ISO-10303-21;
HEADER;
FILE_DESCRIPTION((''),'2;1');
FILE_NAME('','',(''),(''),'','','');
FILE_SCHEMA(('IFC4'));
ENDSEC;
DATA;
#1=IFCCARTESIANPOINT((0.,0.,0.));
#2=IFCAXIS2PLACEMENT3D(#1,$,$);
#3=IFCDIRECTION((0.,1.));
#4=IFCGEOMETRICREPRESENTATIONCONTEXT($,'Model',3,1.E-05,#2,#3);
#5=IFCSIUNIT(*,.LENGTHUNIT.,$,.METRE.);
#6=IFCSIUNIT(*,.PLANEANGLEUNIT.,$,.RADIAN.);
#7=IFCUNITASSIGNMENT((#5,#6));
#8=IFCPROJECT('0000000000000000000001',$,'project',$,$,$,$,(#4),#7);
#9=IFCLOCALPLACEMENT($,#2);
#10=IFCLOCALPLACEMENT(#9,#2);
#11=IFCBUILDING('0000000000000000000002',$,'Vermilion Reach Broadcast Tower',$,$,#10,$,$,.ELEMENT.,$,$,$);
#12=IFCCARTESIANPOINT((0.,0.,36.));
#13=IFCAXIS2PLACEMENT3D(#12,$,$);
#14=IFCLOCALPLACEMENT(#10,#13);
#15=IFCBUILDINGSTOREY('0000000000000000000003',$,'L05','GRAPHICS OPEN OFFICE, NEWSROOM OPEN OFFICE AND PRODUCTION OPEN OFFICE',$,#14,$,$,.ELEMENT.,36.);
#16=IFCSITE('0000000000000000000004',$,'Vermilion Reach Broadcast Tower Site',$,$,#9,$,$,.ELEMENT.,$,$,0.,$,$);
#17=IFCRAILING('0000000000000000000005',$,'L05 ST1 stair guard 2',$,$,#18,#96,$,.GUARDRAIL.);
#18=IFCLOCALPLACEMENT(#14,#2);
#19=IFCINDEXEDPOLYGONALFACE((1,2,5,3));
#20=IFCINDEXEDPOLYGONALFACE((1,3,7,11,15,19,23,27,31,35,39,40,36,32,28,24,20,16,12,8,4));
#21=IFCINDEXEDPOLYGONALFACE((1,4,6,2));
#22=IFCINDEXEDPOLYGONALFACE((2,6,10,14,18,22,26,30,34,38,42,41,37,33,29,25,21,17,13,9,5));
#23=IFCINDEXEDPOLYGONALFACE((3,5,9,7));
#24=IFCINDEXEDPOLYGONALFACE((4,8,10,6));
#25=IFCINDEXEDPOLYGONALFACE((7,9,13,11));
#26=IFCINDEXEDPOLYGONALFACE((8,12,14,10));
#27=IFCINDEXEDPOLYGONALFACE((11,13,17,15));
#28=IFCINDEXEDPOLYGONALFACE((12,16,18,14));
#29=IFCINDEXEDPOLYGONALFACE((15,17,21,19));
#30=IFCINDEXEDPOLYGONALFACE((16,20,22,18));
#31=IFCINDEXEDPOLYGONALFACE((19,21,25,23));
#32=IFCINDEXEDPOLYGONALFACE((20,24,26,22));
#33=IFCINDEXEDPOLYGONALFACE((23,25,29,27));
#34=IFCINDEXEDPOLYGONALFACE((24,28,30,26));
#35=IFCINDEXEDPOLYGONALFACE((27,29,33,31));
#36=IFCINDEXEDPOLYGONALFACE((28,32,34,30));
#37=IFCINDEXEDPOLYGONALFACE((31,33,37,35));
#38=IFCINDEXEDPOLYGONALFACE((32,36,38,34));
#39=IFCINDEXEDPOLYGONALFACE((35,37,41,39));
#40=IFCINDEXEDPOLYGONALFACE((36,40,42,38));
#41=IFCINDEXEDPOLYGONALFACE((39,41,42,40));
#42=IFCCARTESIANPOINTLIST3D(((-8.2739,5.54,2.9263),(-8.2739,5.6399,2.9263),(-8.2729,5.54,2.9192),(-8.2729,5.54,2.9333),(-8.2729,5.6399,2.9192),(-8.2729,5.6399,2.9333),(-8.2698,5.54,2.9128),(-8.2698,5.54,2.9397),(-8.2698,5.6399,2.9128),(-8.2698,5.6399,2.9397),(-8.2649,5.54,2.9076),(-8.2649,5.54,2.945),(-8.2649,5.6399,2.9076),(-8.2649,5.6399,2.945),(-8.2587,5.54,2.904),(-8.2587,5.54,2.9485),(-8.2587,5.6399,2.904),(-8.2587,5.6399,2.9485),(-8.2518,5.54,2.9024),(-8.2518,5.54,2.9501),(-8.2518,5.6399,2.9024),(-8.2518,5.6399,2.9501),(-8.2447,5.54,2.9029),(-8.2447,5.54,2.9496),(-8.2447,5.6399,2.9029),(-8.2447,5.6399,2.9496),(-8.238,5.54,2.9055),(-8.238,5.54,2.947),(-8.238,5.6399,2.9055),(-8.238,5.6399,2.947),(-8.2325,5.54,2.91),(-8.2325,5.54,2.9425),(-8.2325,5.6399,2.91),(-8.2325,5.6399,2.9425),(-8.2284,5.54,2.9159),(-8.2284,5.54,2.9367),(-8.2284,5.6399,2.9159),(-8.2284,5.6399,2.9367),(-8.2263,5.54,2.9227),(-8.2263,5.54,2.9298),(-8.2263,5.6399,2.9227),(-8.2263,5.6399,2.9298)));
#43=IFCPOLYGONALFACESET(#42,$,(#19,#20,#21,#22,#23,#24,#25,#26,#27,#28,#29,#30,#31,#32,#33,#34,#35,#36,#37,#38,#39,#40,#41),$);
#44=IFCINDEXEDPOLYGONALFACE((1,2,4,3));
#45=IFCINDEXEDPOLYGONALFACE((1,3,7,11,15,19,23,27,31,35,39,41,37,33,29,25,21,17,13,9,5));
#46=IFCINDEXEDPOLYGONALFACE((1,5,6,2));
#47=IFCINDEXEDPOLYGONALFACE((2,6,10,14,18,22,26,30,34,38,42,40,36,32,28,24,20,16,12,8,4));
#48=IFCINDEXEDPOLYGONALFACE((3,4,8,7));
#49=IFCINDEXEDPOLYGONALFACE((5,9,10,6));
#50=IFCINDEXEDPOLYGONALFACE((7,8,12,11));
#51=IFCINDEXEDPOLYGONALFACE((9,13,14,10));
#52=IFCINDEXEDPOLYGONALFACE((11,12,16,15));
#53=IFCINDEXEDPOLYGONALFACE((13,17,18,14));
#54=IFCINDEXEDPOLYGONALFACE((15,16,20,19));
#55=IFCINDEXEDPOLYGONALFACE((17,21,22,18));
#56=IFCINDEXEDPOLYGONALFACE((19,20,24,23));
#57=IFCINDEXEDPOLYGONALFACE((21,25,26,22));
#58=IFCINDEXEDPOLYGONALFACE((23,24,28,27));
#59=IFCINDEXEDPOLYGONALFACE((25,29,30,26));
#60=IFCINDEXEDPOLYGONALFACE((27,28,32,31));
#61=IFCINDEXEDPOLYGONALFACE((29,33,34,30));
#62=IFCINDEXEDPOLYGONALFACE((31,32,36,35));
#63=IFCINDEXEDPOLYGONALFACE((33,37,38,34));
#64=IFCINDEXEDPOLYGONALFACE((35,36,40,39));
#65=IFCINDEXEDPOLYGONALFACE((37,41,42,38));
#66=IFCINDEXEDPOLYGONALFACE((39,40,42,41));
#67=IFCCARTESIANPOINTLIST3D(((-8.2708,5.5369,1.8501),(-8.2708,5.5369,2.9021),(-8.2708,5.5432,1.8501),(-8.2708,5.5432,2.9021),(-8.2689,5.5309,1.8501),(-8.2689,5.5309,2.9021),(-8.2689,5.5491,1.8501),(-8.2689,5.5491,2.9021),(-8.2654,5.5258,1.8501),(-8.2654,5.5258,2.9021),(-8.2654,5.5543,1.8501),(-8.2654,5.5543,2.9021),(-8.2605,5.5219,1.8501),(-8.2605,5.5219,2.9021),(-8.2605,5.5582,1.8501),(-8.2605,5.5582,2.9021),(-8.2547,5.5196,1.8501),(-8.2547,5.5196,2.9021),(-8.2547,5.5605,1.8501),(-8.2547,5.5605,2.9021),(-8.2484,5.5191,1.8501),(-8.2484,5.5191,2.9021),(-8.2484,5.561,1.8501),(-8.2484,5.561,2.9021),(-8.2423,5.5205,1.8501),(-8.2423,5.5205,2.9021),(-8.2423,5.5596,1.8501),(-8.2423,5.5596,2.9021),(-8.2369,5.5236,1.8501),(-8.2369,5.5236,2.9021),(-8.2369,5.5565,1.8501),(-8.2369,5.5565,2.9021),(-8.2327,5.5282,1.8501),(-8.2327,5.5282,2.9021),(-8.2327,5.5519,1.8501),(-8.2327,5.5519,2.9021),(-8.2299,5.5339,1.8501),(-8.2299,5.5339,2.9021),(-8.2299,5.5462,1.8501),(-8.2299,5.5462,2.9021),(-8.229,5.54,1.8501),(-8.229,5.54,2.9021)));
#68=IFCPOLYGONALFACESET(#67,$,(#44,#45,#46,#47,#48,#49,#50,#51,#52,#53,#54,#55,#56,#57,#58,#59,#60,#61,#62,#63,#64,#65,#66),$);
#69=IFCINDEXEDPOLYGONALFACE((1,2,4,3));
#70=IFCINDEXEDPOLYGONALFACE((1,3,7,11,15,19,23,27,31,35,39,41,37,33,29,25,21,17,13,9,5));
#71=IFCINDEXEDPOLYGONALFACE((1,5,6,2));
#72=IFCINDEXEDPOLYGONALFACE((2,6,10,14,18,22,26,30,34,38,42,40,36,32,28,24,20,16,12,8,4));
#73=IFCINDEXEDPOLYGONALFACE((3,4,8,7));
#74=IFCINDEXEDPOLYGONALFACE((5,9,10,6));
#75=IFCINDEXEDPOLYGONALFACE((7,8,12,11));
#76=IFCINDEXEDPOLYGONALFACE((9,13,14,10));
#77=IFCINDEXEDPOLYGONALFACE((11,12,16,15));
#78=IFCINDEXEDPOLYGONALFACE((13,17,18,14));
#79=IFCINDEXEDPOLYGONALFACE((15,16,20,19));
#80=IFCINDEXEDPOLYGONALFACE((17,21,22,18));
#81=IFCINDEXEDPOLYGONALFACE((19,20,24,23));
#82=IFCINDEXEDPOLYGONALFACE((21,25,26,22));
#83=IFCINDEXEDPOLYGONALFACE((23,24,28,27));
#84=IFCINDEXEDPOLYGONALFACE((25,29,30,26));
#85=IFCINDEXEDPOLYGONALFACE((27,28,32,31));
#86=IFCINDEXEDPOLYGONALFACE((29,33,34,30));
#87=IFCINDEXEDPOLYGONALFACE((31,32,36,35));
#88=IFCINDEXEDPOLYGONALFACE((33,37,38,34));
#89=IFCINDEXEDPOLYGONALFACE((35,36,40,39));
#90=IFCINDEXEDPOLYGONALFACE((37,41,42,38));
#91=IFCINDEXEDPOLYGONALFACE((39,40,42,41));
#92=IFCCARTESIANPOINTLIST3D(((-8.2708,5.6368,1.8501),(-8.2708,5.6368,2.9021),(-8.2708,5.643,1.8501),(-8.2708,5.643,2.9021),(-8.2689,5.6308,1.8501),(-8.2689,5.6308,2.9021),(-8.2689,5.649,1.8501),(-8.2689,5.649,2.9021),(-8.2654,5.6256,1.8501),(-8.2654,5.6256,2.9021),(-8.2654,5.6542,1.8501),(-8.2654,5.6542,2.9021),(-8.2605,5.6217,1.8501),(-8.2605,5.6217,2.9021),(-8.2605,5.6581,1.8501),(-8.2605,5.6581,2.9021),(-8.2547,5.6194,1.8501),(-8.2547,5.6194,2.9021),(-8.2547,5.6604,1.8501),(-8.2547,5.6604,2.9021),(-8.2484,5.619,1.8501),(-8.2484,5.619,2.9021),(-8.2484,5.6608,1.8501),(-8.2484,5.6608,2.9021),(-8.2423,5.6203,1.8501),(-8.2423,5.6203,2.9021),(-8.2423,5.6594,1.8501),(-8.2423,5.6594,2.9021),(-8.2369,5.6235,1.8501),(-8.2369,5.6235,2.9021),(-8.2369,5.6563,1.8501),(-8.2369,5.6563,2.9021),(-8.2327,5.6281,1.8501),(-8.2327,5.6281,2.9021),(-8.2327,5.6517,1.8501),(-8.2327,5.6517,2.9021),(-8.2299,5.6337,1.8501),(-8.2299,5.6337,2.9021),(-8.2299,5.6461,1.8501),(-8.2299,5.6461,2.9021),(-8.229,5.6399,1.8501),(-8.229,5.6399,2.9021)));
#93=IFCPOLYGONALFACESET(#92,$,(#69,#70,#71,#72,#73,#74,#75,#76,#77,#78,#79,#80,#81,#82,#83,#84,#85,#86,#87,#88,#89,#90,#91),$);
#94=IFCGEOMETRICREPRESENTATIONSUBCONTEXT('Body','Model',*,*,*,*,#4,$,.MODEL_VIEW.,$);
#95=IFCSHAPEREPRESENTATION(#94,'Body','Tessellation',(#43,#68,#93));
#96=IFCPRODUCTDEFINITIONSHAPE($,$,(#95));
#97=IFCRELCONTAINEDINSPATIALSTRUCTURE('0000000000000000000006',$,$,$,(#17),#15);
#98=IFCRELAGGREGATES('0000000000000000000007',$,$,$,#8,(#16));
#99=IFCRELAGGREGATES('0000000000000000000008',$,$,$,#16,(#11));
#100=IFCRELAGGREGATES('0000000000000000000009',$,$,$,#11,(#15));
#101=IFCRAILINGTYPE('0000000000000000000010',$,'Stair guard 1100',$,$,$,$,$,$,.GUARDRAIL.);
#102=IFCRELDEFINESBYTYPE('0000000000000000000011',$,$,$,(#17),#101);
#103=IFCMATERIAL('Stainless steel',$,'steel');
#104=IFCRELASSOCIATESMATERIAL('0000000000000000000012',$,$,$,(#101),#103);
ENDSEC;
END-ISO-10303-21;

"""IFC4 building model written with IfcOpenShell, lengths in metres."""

from ifc_helpers import new_model, si_unit, direction, frame, origin, origin_2d, place, context, subcontext, project, spatial, circle, extrude, material, type_object, element, save


model = new_model("IFC4")

# Units and contexts
model_context = context("Model", 3, precision=1e-05, world=origin(), true_north=direction((0.0, 1.0)))
body_context = subcontext(model_context, "Body", "Model", "MODEL_VIEW")
ifc_project = project(units=[si_unit("LENGTHUNIT", "METRE"), si_unit("PLANEANGLEUNIT", "RADIAN")], contexts=[model_context])

# Site, building, storey
site_placement = place(None, origin())
site = spatial("IfcSite", under=ifc_project, at=site_placement, Name="Vermilion Reach Broadcast Tower Site", CompositionType="ELEMENT", RefElevation=0.0)
building_placement = place(site_placement, origin())
building = spatial("IfcBuilding", under=site, at=building_placement, Name="Vermilion Reach Broadcast Tower", CompositionType="ELEMENT")
storey_placement = place(building_placement, frame((0.0, 0.0, 36.0)))
storey = spatial("IfcBuildingStorey", under=building, at=storey_placement, Name="L05", Description="GRAPHICS OPEN OFFICE, NEWSROOM OPEN OFFICE AND PRODUCTION OPEN OFFICE", CompositionType="ELEMENT", Elevation=36.0)

# Railing
ifc_material_1 = material(Name="Stainless steel", Category="steel")
railing_type_1 = type_object("IfcRailingType", Name="Stair guard 1100", PredefinedType="GUARDRAIL", material=ifc_material_1)
railing_1_placement = place(storey_placement, frame((-8.25, 5.54, 1.8501)))
element("IfcRailing", 1, at=railing_1_placement, inside=storey, type_object=railing_type_1, Name="L05 ST1 stair guard 2", PredefinedType="GUARDRAIL", context=body_context, shape_type="SweptSolid", body=[
    extrude(circle(Radius=0.0239, at=origin_2d()), frame((0.0, 0.0, 1.0762), z_axis=(0.0, 1.0, 0.0), x_axis=(-1.0, 0.0, 0.0)), (0.0, 0.0, 1.0), 0.0999),
    extrude(circle(Radius=0.021, at=origin_2d()), origin(), (0.0, 0.0, 1.0), 1.052),
    extrude(circle(Radius=0.021, at=origin_2d()), frame((0.0, 0.0999, 0.0)), (0.0, 0.0, 1.0), 1.052),
])

save(model, "model.ifc")
